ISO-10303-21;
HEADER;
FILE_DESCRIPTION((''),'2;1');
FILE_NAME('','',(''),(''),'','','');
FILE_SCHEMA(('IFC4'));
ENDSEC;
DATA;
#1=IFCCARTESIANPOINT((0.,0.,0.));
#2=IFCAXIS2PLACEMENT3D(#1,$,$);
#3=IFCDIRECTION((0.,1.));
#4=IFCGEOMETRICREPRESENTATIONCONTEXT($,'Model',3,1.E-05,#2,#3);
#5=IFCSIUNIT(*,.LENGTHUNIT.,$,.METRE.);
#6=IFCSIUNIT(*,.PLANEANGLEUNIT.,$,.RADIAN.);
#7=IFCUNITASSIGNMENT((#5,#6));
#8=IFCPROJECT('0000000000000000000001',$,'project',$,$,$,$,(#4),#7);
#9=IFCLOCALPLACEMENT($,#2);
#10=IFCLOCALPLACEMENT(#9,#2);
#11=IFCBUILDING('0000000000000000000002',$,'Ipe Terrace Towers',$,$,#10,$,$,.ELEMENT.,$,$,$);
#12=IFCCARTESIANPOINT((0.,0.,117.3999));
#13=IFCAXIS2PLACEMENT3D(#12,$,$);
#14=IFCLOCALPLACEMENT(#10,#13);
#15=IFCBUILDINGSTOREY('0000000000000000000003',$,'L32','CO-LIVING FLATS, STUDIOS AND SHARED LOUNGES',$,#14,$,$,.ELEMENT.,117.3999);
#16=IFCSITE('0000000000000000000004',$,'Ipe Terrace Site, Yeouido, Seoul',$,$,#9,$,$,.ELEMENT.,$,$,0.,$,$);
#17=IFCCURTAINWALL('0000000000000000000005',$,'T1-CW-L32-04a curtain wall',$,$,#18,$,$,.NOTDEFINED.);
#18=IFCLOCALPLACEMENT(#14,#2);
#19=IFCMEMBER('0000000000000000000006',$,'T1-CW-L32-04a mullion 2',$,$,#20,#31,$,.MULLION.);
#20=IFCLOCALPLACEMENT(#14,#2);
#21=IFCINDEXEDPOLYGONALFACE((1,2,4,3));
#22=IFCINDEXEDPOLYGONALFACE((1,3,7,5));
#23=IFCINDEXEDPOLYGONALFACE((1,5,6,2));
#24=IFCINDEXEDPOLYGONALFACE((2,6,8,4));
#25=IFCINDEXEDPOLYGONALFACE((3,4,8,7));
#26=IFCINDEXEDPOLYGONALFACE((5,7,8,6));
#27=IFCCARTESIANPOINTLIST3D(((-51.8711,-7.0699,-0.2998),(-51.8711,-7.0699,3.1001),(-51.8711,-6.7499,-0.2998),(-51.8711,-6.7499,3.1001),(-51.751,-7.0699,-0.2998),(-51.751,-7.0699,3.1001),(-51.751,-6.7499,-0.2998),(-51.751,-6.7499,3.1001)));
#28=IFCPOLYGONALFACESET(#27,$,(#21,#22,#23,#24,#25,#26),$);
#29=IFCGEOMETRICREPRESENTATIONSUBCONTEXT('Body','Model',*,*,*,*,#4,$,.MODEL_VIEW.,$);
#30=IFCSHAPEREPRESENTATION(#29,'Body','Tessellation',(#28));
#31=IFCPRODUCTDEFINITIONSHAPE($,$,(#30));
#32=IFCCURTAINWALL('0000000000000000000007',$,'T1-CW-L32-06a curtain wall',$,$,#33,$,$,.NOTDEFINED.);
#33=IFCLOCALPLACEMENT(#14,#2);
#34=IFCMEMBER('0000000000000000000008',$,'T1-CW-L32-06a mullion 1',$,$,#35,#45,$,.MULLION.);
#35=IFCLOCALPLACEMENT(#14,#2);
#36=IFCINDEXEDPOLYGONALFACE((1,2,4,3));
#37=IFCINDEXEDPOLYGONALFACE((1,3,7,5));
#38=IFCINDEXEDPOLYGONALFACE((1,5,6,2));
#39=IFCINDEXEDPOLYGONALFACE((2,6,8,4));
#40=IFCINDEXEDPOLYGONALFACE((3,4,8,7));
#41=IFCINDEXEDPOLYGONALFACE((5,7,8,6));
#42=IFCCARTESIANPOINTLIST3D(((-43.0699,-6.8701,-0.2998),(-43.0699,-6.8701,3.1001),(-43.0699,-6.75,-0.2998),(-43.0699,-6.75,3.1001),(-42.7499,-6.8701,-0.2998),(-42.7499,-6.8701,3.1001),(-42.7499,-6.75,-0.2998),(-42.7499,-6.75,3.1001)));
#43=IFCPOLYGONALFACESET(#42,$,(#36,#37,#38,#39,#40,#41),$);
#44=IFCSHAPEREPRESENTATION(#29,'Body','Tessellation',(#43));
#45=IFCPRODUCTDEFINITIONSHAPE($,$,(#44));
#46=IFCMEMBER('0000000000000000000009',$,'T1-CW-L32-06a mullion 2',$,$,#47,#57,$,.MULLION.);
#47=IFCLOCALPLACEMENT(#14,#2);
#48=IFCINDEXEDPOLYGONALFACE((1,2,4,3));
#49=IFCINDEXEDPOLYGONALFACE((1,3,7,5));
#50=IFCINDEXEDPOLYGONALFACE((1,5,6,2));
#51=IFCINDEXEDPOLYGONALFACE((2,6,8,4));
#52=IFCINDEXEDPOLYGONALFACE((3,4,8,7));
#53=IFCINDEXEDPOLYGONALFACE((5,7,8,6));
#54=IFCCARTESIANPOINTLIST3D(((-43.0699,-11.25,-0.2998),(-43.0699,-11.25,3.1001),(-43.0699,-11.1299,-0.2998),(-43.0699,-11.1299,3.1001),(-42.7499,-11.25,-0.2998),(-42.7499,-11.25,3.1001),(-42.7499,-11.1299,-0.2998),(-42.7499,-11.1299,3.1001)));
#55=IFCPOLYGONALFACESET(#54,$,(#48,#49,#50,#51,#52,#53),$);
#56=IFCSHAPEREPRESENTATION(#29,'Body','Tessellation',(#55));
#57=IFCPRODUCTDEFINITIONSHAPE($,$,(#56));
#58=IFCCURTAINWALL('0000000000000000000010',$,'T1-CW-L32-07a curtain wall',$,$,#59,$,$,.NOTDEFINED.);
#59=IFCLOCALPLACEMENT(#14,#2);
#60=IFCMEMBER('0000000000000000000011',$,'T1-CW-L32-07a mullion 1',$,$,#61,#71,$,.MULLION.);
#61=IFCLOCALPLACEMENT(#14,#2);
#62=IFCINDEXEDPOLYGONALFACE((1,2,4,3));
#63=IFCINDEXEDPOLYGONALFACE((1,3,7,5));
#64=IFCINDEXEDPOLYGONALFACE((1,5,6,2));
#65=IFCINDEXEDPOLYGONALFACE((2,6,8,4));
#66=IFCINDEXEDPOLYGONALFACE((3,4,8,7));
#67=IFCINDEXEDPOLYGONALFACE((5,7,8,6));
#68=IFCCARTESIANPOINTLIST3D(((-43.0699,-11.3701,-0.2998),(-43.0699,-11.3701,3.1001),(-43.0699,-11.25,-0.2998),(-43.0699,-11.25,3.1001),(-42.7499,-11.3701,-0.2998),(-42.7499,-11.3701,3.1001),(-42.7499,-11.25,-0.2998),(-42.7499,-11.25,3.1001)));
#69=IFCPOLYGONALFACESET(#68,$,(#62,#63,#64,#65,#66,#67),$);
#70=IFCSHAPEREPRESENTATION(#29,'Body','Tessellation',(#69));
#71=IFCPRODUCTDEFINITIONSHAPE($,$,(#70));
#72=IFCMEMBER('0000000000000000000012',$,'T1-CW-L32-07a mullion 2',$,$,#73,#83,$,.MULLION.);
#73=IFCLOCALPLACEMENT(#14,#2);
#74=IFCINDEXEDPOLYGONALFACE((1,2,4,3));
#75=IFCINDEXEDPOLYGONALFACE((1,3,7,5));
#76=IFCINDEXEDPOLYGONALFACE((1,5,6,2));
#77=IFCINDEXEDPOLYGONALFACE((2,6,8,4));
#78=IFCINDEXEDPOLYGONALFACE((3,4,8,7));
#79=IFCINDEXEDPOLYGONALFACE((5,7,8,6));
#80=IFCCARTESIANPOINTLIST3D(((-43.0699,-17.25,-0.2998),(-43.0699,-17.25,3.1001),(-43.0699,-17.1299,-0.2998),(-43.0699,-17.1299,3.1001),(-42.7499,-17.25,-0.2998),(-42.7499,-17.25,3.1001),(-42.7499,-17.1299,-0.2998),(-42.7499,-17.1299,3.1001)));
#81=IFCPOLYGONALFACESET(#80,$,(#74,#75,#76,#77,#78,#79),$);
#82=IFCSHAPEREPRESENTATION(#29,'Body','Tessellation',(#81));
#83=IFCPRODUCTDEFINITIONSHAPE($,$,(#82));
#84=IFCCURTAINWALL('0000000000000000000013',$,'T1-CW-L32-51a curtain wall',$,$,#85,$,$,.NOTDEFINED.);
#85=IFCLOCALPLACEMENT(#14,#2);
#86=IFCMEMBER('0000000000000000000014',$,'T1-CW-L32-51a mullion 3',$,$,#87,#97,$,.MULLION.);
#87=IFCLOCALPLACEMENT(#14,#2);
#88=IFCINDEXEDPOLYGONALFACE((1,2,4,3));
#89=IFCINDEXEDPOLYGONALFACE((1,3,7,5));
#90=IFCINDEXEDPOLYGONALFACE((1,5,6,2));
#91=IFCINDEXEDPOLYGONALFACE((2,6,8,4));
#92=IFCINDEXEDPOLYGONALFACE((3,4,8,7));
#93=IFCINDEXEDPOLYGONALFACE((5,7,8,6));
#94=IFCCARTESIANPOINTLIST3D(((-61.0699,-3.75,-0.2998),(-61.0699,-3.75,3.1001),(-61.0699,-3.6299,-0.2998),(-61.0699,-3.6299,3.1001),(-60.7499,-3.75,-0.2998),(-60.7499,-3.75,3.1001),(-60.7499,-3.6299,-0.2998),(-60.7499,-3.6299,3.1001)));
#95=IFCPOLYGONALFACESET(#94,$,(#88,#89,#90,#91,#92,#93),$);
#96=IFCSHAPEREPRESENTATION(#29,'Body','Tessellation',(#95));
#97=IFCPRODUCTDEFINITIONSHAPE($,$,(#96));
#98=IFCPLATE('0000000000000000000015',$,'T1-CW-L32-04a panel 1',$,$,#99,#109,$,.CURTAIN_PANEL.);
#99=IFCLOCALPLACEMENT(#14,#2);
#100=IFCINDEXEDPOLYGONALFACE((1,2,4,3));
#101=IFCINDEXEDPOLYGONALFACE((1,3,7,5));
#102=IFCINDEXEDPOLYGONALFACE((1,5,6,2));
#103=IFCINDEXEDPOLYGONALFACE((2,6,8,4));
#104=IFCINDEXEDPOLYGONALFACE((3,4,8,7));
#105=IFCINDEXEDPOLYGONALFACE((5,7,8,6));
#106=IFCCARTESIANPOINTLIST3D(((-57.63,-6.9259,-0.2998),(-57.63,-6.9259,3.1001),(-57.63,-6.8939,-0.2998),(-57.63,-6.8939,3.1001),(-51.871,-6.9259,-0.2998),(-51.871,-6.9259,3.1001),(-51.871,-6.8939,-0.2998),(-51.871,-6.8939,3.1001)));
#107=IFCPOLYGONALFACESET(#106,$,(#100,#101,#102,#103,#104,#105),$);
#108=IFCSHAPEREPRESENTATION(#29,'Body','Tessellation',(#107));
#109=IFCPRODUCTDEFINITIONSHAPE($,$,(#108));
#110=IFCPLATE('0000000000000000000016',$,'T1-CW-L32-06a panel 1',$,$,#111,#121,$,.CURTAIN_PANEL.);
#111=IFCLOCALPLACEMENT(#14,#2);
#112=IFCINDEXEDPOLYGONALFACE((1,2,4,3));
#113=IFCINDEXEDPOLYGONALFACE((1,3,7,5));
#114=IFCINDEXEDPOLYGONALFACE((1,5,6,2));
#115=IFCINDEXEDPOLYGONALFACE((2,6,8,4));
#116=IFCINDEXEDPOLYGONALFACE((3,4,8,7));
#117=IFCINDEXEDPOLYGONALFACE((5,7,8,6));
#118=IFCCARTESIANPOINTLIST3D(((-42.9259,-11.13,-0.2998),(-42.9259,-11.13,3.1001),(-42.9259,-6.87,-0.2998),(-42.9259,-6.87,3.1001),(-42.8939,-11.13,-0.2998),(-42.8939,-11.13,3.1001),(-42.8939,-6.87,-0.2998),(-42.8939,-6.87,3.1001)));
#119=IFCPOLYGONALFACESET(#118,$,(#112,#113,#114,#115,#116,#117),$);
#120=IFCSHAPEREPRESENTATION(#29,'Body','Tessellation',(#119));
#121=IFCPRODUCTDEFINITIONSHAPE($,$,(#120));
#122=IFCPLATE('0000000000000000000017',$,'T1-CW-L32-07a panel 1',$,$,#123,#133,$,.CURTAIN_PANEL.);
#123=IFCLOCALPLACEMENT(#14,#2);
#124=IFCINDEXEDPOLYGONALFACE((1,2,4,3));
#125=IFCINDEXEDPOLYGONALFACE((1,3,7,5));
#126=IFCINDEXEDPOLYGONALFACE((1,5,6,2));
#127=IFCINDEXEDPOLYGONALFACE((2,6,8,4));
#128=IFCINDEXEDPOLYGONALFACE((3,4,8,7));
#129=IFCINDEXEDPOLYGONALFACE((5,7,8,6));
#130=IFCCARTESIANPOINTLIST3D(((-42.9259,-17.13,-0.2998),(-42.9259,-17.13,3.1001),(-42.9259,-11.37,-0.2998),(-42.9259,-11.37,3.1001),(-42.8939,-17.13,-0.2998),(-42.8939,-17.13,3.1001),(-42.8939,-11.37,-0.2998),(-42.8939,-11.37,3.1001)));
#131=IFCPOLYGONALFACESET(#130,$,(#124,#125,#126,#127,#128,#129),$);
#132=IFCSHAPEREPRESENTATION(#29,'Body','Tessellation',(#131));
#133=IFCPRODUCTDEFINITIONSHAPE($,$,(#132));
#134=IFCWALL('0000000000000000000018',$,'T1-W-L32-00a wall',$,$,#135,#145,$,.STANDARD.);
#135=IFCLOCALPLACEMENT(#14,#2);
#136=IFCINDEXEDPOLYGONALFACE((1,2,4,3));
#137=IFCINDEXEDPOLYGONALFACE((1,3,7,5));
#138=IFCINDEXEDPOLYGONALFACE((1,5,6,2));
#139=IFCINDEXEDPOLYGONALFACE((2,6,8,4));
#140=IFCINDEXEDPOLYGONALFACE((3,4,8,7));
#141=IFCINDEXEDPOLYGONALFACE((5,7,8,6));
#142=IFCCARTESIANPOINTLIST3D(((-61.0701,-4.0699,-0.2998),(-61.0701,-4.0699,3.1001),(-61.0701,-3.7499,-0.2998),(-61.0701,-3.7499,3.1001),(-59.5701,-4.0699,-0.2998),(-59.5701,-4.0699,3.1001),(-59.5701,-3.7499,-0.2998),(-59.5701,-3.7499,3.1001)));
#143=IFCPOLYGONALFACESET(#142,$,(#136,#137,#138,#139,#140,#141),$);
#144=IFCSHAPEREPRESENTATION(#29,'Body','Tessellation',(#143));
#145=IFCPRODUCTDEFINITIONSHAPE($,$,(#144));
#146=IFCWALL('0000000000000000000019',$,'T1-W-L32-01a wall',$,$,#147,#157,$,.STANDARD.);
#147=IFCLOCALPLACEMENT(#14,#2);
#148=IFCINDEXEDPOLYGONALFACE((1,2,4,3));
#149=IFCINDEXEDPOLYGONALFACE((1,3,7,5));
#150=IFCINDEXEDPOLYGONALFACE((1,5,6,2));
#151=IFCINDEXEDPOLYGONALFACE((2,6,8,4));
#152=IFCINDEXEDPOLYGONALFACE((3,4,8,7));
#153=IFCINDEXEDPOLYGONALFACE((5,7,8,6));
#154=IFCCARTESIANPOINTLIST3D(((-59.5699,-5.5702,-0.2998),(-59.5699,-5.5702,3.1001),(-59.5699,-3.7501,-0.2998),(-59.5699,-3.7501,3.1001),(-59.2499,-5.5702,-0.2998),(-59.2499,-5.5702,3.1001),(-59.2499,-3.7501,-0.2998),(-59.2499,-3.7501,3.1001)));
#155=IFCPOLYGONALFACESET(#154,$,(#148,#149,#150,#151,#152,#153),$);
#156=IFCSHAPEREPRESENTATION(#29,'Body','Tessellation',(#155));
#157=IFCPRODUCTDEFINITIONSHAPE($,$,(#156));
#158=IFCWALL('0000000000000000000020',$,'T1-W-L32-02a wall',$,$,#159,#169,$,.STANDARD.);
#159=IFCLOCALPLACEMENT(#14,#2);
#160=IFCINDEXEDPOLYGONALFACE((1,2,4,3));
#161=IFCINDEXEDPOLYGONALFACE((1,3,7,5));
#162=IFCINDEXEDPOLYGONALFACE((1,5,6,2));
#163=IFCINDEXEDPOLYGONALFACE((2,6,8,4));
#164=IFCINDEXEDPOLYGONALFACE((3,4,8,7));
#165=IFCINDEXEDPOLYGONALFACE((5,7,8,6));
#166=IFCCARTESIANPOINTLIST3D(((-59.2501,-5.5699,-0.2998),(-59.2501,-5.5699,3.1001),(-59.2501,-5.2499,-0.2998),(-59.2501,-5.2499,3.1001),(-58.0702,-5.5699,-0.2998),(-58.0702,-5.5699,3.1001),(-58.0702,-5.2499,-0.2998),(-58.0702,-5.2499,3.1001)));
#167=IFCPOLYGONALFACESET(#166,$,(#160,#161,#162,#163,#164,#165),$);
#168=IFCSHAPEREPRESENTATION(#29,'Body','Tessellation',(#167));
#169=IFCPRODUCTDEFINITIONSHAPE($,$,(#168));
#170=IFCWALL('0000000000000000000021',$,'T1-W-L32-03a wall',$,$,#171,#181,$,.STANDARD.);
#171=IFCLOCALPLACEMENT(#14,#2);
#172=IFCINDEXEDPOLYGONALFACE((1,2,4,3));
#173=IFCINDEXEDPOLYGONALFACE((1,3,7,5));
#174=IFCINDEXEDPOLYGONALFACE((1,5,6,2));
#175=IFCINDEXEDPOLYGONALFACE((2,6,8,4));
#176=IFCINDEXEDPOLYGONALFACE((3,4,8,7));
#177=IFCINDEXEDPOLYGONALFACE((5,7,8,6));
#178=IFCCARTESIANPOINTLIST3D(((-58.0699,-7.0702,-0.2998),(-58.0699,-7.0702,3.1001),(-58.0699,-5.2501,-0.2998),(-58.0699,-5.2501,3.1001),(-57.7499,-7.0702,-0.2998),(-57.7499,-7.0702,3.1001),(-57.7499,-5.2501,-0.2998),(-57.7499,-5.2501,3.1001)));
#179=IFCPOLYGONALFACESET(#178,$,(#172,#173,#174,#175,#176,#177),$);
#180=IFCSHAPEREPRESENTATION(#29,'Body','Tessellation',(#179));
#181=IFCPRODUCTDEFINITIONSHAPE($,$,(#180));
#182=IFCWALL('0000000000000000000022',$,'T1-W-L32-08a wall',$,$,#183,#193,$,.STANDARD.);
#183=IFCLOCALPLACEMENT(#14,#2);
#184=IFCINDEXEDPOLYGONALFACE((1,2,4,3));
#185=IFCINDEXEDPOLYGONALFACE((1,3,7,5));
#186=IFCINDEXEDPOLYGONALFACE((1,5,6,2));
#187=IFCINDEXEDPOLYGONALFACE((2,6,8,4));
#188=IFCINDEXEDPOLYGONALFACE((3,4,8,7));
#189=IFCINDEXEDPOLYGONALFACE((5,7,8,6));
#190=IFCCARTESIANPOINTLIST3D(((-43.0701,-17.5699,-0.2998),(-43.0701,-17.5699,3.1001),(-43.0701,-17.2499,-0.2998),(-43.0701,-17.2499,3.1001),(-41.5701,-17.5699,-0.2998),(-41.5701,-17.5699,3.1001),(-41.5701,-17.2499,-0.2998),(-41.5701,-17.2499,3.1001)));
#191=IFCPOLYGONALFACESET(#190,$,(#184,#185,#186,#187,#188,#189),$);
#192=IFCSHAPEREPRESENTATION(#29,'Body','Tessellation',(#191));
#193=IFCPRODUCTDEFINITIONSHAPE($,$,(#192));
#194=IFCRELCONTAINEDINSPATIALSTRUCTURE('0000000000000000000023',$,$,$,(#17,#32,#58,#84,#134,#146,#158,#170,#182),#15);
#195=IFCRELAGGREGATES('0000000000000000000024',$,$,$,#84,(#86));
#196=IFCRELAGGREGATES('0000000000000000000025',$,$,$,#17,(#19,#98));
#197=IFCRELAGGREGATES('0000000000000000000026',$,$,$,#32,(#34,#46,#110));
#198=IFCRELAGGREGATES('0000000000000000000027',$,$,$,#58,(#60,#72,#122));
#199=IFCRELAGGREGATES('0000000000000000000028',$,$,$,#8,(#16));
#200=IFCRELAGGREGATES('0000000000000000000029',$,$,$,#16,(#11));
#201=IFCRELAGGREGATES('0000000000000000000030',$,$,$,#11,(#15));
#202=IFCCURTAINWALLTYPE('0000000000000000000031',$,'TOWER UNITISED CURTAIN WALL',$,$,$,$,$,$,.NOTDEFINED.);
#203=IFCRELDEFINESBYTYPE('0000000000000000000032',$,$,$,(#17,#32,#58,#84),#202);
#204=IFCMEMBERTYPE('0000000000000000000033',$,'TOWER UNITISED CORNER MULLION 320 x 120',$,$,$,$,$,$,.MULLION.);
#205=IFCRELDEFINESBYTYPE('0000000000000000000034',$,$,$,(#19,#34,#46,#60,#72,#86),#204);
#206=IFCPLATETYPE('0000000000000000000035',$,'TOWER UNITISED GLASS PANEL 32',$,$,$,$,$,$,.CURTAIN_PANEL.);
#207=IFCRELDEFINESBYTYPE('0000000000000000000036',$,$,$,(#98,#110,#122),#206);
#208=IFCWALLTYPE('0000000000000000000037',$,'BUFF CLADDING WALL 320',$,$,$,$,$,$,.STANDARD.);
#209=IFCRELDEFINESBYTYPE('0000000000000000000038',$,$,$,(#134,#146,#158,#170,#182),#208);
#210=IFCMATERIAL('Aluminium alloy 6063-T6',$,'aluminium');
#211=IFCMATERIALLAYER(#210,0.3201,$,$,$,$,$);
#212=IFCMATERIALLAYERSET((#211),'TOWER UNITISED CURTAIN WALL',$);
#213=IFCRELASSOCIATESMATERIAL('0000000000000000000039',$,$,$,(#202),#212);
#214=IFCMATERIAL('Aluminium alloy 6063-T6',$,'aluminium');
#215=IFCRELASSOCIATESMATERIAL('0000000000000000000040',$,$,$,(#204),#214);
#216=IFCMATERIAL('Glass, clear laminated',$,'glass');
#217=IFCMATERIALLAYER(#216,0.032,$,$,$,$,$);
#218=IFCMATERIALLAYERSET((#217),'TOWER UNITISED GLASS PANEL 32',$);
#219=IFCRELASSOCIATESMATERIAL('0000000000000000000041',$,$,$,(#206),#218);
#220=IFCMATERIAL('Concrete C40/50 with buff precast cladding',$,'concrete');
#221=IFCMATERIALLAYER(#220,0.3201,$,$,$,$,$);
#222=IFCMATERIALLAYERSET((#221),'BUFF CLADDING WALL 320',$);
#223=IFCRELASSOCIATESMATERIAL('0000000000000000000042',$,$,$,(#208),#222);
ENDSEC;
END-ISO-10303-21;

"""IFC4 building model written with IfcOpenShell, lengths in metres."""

from ifc_helpers import new_model, si_unit, direction, frame, frame_2d, origin, origin_2d, place, context, subcontext, project, spatial, rectangle, extrude, material, layer, layer_set, material_profile, profile_set, type_object, element, aggregate, save


model = new_model("IFC4")

# Units and contexts
model_context = context("Model", 3, precision=1e-05, world=origin(), true_north=direction((0.0, 1.0)))
body_context = subcontext(model_context, "Body", "Model", "MODEL_VIEW")
ifc_project = project(units=[si_unit("LENGTHUNIT", "METRE"), si_unit("PLANEANGLEUNIT", "RADIAN")], contexts=[model_context])

# Site, building, storey
site_placement = place(None, origin())
site = spatial("IfcSite", under=ifc_project, at=site_placement, Name="Ipe Terrace Site, Yeouido, Seoul", CompositionType="ELEMENT", RefElevation=0.0)
building_placement = place(site_placement, origin())
building = spatial("IfcBuilding", under=site, at=building_placement, Name="Ipe Terrace Towers", CompositionType="ELEMENT")
storey_placement = place(building_placement, frame((0.0, 0.0, 117.3999)))
storey = spatial("IfcBuildingStorey", under=building, at=storey_placement, Name="L32", Description="CO-LIVING FLATS, STUDIOS AND SHARED LOUNGES", CompositionType="ELEMENT", Elevation=117.3999)

# Curtain walls, members
ifc_material_1 = material(Name="Aluminium alloy 6063-T6", Category="aluminium")
ifc_layer_1 = layer(ifc_material_1, 0.3201)
ifc_layer_set_1 = layer_set([ifc_layer_1], Name="TOWER UNITISED CURTAIN WALL")
curtain_wall_type = type_object("IfcCurtainWallType", Name="TOWER UNITISED CURTAIN WALL", PredefinedType="NOTDEFINED", material=ifc_layer_set_1)
curtain_wall_1_placement = place(storey_placement, origin())
curtain_wall_1 = element("IfcCurtainWall", 1, at=curtain_wall_1_placement, inside=storey, type_object=curtain_wall_type, Name="T1-CW-L32-04a curtain wall", PredefinedType="NOTDEFINED")
ifc_material_2 = material(Name="Aluminium alloy 6063-T6", Category="aluminium")
ifc_material_profile_1 = material_profile(ifc_material_2, rectangle(XDim=0.3201, YDim=0.1201, at=origin_2d()), Name="TOWER UNITISED CORNER MULLION 320 x 120")
ifc_profile_set_1 = profile_set([ifc_material_profile_1], Name="Aluminium alloy 6063-T6")
member_type = type_object("IfcMemberType", Name="TOWER UNITISED CORNER MULLION 320 x 120", PredefinedType="MULLION", material=ifc_profile_set_1)
member_1_placement = place(storey_placement, frame((-51.811, -6.9099, -0.2998), z_axis=(0.0, 0.0, 1.0), x_axis=(0.0, -1.0, 0.0)))
member_1 = element("IfcMember", 2, at=member_1_placement, type_object=member_type, Name="T1-CW-L32-04a mullion 2", PredefinedType="MULLION", context=body_context, shape_type="SweptSolid", body=[
    extrude(rectangle(XDim=0.3201, YDim=0.1201, at=origin_2d()), origin(), (0.0, 0.0, 1.0), 3.3999),
])
curtain_wall_2_placement = place(storey_placement, origin())
curtain_wall_2 = element("IfcCurtainWall", 3, at=curtain_wall_2_placement, inside=storey, type_object=curtain_wall_type, Name="T1-CW-L32-06a curtain wall", PredefinedType="NOTDEFINED")
member_2_placement = place(storey_placement, frame((-42.9099, -6.8101, -0.2998), z_axis=(0.0, 0.0, 1.0), x_axis=(-1.0, 0.0, 0.0)))
member_2 = element("IfcMember", 4, at=member_2_placement, type_object=member_type, Name="T1-CW-L32-06a mullion 1", PredefinedType="MULLION", context=body_context, shape_type="SweptSolid", body=[
    extrude(rectangle(XDim=0.3201, YDim=0.1201, at=origin_2d()), origin(), (0.0, 0.0, 1.0), 3.3999),
])
member_3_placement = place(storey_placement, frame((-42.9099, -11.1899, -0.2998), z_axis=(0.0, 0.0, 1.0), x_axis=(-1.0, 0.0, 0.0)))
member_3 = element("IfcMember", 5, at=member_3_placement, type_object=member_type, Name="T1-CW-L32-06a mullion 2", PredefinedType="MULLION", context=body_context, shape_type="SweptSolid", body=[
    extrude(rectangle(XDim=0.3201, YDim=0.1201, at=origin_2d()), origin(), (0.0, 0.0, 1.0), 3.3999),
])
curtain_wall_3_placement = place(storey_placement, origin())
curtain_wall_3 = element("IfcCurtainWall", 6, at=curtain_wall_3_placement, inside=storey, type_object=curtain_wall_type, Name="T1-CW-L32-07a curtain wall", PredefinedType="NOTDEFINED")
member_4_placement = place(storey_placement, frame((-42.9099, -11.3101, -0.2998), z_axis=(0.0, 0.0, 1.0), x_axis=(-1.0, 0.0, 0.0)))
member_4 = element("IfcMember", 7, at=member_4_placement, type_object=member_type, Name="T1-CW-L32-07a mullion 1", PredefinedType="MULLION", context=body_context, shape_type="SweptSolid", body=[
    extrude(rectangle(XDim=0.3201, YDim=0.1201, at=origin_2d()), origin(), (0.0, 0.0, 1.0), 3.3999),
])
member_5_placement = place(storey_placement, frame((-42.9099, -17.1899, -0.2998), z_axis=(0.0, 0.0, 1.0), x_axis=(-1.0, 0.0, 0.0)))
member_5 = element("IfcMember", 8, at=member_5_placement, type_object=member_type, Name="T1-CW-L32-07a mullion 2", PredefinedType="MULLION", context=body_context, shape_type="SweptSolid", body=[
    extrude(rectangle(XDim=0.3201, YDim=0.1201, at=origin_2d()), origin(), (0.0, 0.0, 1.0), 3.3999),
])

# Curtain wall, member
curtain_wall_4_placement = place(storey_placement, origin())
curtain_wall_4 = element("IfcCurtainWall", 9, at=curtain_wall_4_placement, inside=storey, type_object=curtain_wall_type, Name="T1-CW-L32-51a curtain wall", PredefinedType="NOTDEFINED")
member_6_placement = place(storey_placement, frame((-60.9099, -3.6899, -0.2998), z_axis=(0.0, 0.0, 1.0), x_axis=(-1.0, 0.0, 0.0)))
member_6 = element("IfcMember", 10, at=member_6_placement, type_object=member_type, Name="T1-CW-L32-51a mullion 3", PredefinedType="MULLION", context=body_context, shape_type="SweptSolid", body=[
    extrude(rectangle(XDim=0.3201, YDim=0.1201, at=origin_2d()), origin(), (0.0, 0.0, 1.0), 3.3999),
])
aggregate(curtain_wall_4, [member_6])

# Plates
ifc_material_3 = material(Name="Glass, clear laminated", Category="glass")
ifc_layer_2 = layer(ifc_material_3, 0.032)
ifc_layer_set_2 = layer_set([ifc_layer_2], Name="TOWER UNITISED GLASS PANEL 32")
plate_type = type_object("IfcPlateType", Name="TOWER UNITISED GLASS PANEL 32", PredefinedType="CURTAIN_PANEL", material=ifc_layer_set_2)
plate_1_placement = place(storey_placement, frame((-54.7505, -6.9099, -0.2998), z_axis=(0.0, 0.0, 1.0), x_axis=(1.0, 0.0, 0.0)))
plate_1 = element("IfcPlate", 11, at=plate_1_placement, type_object=plate_type, Name="T1-CW-L32-04a panel 1", PredefinedType="CURTAIN_PANEL", context=body_context, shape_type="SweptSolid", body=[
    extrude(rectangle(XDim=5.759, YDim=0.032, at=origin_2d()), origin(), (0.0, 0.0, 1.0), 3.3999),
])
aggregate(curtain_wall_1, [member_1, plate_1])
plate_2_placement = place(storey_placement, frame((-42.9099, -9.0, -0.2998), z_axis=(0.0, 0.0, 1.0), x_axis=(0.0, -1.0, 0.0)))
plate_2 = element("IfcPlate", 12, at=plate_2_placement, type_object=plate_type, Name="T1-CW-L32-06a panel 1", PredefinedType="CURTAIN_PANEL", context=body_context, shape_type="SweptSolid", body=[
    extrude(rectangle(XDim=4.26, YDim=0.032, at=origin_2d()), origin(), (0.0, 0.0, 1.0), 3.3999),
])
aggregate(curtain_wall_2, [member_2, member_3, plate_2])
plate_3_placement = place(storey_placement, frame((-42.9099, -14.25, -0.2998), z_axis=(0.0, 0.0, 1.0), x_axis=(0.0, -1.0, 0.0)))
plate_3 = element("IfcPlate", 13, at=plate_3_placement, type_object=plate_type, Name="T1-CW-L32-07a panel 1", PredefinedType="CURTAIN_PANEL", context=body_context, shape_type="SweptSolid", body=[
    extrude(rectangle(XDim=5.76, YDim=0.032, at=origin_2d()), origin(), (0.0, 0.0, 1.0), 3.3999),
])
aggregate(curtain_wall_3, [member_4, member_5, plate_3])

# Walls
ifc_material_4 = material(Name="Concrete C40/50 with buff precast cladding", Category="concrete")
ifc_layer_3 = layer(ifc_material_4, 0.3201)
ifc_layer_set_3 = layer_set([ifc_layer_3], Name="BUFF CLADDING WALL 320")
wall_type_1 = type_object("IfcWallType", Name="BUFF CLADDING WALL 320", PredefinedType="STANDARD", material=ifc_layer_set_3)
wall_1_placement = place(storey_placement, frame((-61.0701, -3.9099, -0.2998), z_axis=(0.0, 0.0, 1.0), x_axis=(1.0, 0.0, 0.0)))
element("IfcWall", 14, at=wall_1_placement, inside=storey, type_object=wall_type_1, Name="T1-W-L32-00a wall", PredefinedType="STANDARD", context=body_context, shape_type="SweptSolid", body=[
    extrude(rectangle(XDim=1.5, YDim=0.3201, at=frame_2d((0.75, 0.0))), origin(), (0.0, 0.0, 1.0), 3.3999),
])
wall_2_placement = place(storey_placement, frame((-59.4099, -3.75, -0.2998), z_axis=(0.0, 0.0, 1.0), x_axis=(0.0, -1.0, 0.0)))
element("IfcWall", 15, at=wall_2_placement, inside=storey, type_object=wall_type_1, Name="T1-W-L32-01a wall", PredefinedType="STANDARD", context=body_context, shape_type="SweptSolid", body=[
    extrude(rectangle(XDim=1.8201, YDim=0.3201, at=frame_2d((0.9102, 0.0))), origin(), (0.0, 0.0, 1.0), 3.3999),
])
wall_3_placement = place(storey_placement, frame((-59.25, -5.4099, -0.2998), z_axis=(0.0, 0.0, 1.0), x_axis=(1.0, 0.0, 0.0)))
element("IfcWall", 16, at=wall_3_placement, inside=storey, type_object=wall_type_1, Name="T1-W-L32-02a wall", PredefinedType="STANDARD", context=body_context, shape_type="SweptSolid", body=[
    extrude(rectangle(XDim=1.1799, YDim=0.3201, at=frame_2d((0.5898, 0.0))), origin(), (0.0, 0.0, 1.0), 3.3999),
])
wall_4_placement = place(storey_placement, frame((-57.9099, -5.25, -0.2998), z_axis=(0.0, 0.0, 1.0), x_axis=(0.0, -1.0, 0.0)))
element("IfcWall", 17, at=wall_4_placement, inside=storey, type_object=wall_type_1, Name="T1-W-L32-03a wall", PredefinedType="STANDARD", context=body_context, shape_type="SweptSolid", body=[
    extrude(rectangle(XDim=1.8201, YDim=0.3201, at=frame_2d((0.9102, 0.0))), origin(), (0.0, 0.0, 1.0), 3.3999),
])
wall_5_placement = place(storey_placement, frame((-43.0701, -17.4099, -0.2998), z_axis=(0.0, 0.0, 1.0), x_axis=(1.0, 0.0, 0.0)))
element("IfcWall", 18, at=wall_5_placement, inside=storey, type_object=wall_type_1, Name="T1-W-L32-08a wall", PredefinedType="STANDARD", context=body_context, shape_type="SweptSolid", body=[
    extrude(rectangle(XDim=1.5, YDim=0.3201, at=frame_2d((0.75, 0.0))), origin(), (0.0, 0.0, 1.0), 3.3999),
])

save(model, "model.ifc")
